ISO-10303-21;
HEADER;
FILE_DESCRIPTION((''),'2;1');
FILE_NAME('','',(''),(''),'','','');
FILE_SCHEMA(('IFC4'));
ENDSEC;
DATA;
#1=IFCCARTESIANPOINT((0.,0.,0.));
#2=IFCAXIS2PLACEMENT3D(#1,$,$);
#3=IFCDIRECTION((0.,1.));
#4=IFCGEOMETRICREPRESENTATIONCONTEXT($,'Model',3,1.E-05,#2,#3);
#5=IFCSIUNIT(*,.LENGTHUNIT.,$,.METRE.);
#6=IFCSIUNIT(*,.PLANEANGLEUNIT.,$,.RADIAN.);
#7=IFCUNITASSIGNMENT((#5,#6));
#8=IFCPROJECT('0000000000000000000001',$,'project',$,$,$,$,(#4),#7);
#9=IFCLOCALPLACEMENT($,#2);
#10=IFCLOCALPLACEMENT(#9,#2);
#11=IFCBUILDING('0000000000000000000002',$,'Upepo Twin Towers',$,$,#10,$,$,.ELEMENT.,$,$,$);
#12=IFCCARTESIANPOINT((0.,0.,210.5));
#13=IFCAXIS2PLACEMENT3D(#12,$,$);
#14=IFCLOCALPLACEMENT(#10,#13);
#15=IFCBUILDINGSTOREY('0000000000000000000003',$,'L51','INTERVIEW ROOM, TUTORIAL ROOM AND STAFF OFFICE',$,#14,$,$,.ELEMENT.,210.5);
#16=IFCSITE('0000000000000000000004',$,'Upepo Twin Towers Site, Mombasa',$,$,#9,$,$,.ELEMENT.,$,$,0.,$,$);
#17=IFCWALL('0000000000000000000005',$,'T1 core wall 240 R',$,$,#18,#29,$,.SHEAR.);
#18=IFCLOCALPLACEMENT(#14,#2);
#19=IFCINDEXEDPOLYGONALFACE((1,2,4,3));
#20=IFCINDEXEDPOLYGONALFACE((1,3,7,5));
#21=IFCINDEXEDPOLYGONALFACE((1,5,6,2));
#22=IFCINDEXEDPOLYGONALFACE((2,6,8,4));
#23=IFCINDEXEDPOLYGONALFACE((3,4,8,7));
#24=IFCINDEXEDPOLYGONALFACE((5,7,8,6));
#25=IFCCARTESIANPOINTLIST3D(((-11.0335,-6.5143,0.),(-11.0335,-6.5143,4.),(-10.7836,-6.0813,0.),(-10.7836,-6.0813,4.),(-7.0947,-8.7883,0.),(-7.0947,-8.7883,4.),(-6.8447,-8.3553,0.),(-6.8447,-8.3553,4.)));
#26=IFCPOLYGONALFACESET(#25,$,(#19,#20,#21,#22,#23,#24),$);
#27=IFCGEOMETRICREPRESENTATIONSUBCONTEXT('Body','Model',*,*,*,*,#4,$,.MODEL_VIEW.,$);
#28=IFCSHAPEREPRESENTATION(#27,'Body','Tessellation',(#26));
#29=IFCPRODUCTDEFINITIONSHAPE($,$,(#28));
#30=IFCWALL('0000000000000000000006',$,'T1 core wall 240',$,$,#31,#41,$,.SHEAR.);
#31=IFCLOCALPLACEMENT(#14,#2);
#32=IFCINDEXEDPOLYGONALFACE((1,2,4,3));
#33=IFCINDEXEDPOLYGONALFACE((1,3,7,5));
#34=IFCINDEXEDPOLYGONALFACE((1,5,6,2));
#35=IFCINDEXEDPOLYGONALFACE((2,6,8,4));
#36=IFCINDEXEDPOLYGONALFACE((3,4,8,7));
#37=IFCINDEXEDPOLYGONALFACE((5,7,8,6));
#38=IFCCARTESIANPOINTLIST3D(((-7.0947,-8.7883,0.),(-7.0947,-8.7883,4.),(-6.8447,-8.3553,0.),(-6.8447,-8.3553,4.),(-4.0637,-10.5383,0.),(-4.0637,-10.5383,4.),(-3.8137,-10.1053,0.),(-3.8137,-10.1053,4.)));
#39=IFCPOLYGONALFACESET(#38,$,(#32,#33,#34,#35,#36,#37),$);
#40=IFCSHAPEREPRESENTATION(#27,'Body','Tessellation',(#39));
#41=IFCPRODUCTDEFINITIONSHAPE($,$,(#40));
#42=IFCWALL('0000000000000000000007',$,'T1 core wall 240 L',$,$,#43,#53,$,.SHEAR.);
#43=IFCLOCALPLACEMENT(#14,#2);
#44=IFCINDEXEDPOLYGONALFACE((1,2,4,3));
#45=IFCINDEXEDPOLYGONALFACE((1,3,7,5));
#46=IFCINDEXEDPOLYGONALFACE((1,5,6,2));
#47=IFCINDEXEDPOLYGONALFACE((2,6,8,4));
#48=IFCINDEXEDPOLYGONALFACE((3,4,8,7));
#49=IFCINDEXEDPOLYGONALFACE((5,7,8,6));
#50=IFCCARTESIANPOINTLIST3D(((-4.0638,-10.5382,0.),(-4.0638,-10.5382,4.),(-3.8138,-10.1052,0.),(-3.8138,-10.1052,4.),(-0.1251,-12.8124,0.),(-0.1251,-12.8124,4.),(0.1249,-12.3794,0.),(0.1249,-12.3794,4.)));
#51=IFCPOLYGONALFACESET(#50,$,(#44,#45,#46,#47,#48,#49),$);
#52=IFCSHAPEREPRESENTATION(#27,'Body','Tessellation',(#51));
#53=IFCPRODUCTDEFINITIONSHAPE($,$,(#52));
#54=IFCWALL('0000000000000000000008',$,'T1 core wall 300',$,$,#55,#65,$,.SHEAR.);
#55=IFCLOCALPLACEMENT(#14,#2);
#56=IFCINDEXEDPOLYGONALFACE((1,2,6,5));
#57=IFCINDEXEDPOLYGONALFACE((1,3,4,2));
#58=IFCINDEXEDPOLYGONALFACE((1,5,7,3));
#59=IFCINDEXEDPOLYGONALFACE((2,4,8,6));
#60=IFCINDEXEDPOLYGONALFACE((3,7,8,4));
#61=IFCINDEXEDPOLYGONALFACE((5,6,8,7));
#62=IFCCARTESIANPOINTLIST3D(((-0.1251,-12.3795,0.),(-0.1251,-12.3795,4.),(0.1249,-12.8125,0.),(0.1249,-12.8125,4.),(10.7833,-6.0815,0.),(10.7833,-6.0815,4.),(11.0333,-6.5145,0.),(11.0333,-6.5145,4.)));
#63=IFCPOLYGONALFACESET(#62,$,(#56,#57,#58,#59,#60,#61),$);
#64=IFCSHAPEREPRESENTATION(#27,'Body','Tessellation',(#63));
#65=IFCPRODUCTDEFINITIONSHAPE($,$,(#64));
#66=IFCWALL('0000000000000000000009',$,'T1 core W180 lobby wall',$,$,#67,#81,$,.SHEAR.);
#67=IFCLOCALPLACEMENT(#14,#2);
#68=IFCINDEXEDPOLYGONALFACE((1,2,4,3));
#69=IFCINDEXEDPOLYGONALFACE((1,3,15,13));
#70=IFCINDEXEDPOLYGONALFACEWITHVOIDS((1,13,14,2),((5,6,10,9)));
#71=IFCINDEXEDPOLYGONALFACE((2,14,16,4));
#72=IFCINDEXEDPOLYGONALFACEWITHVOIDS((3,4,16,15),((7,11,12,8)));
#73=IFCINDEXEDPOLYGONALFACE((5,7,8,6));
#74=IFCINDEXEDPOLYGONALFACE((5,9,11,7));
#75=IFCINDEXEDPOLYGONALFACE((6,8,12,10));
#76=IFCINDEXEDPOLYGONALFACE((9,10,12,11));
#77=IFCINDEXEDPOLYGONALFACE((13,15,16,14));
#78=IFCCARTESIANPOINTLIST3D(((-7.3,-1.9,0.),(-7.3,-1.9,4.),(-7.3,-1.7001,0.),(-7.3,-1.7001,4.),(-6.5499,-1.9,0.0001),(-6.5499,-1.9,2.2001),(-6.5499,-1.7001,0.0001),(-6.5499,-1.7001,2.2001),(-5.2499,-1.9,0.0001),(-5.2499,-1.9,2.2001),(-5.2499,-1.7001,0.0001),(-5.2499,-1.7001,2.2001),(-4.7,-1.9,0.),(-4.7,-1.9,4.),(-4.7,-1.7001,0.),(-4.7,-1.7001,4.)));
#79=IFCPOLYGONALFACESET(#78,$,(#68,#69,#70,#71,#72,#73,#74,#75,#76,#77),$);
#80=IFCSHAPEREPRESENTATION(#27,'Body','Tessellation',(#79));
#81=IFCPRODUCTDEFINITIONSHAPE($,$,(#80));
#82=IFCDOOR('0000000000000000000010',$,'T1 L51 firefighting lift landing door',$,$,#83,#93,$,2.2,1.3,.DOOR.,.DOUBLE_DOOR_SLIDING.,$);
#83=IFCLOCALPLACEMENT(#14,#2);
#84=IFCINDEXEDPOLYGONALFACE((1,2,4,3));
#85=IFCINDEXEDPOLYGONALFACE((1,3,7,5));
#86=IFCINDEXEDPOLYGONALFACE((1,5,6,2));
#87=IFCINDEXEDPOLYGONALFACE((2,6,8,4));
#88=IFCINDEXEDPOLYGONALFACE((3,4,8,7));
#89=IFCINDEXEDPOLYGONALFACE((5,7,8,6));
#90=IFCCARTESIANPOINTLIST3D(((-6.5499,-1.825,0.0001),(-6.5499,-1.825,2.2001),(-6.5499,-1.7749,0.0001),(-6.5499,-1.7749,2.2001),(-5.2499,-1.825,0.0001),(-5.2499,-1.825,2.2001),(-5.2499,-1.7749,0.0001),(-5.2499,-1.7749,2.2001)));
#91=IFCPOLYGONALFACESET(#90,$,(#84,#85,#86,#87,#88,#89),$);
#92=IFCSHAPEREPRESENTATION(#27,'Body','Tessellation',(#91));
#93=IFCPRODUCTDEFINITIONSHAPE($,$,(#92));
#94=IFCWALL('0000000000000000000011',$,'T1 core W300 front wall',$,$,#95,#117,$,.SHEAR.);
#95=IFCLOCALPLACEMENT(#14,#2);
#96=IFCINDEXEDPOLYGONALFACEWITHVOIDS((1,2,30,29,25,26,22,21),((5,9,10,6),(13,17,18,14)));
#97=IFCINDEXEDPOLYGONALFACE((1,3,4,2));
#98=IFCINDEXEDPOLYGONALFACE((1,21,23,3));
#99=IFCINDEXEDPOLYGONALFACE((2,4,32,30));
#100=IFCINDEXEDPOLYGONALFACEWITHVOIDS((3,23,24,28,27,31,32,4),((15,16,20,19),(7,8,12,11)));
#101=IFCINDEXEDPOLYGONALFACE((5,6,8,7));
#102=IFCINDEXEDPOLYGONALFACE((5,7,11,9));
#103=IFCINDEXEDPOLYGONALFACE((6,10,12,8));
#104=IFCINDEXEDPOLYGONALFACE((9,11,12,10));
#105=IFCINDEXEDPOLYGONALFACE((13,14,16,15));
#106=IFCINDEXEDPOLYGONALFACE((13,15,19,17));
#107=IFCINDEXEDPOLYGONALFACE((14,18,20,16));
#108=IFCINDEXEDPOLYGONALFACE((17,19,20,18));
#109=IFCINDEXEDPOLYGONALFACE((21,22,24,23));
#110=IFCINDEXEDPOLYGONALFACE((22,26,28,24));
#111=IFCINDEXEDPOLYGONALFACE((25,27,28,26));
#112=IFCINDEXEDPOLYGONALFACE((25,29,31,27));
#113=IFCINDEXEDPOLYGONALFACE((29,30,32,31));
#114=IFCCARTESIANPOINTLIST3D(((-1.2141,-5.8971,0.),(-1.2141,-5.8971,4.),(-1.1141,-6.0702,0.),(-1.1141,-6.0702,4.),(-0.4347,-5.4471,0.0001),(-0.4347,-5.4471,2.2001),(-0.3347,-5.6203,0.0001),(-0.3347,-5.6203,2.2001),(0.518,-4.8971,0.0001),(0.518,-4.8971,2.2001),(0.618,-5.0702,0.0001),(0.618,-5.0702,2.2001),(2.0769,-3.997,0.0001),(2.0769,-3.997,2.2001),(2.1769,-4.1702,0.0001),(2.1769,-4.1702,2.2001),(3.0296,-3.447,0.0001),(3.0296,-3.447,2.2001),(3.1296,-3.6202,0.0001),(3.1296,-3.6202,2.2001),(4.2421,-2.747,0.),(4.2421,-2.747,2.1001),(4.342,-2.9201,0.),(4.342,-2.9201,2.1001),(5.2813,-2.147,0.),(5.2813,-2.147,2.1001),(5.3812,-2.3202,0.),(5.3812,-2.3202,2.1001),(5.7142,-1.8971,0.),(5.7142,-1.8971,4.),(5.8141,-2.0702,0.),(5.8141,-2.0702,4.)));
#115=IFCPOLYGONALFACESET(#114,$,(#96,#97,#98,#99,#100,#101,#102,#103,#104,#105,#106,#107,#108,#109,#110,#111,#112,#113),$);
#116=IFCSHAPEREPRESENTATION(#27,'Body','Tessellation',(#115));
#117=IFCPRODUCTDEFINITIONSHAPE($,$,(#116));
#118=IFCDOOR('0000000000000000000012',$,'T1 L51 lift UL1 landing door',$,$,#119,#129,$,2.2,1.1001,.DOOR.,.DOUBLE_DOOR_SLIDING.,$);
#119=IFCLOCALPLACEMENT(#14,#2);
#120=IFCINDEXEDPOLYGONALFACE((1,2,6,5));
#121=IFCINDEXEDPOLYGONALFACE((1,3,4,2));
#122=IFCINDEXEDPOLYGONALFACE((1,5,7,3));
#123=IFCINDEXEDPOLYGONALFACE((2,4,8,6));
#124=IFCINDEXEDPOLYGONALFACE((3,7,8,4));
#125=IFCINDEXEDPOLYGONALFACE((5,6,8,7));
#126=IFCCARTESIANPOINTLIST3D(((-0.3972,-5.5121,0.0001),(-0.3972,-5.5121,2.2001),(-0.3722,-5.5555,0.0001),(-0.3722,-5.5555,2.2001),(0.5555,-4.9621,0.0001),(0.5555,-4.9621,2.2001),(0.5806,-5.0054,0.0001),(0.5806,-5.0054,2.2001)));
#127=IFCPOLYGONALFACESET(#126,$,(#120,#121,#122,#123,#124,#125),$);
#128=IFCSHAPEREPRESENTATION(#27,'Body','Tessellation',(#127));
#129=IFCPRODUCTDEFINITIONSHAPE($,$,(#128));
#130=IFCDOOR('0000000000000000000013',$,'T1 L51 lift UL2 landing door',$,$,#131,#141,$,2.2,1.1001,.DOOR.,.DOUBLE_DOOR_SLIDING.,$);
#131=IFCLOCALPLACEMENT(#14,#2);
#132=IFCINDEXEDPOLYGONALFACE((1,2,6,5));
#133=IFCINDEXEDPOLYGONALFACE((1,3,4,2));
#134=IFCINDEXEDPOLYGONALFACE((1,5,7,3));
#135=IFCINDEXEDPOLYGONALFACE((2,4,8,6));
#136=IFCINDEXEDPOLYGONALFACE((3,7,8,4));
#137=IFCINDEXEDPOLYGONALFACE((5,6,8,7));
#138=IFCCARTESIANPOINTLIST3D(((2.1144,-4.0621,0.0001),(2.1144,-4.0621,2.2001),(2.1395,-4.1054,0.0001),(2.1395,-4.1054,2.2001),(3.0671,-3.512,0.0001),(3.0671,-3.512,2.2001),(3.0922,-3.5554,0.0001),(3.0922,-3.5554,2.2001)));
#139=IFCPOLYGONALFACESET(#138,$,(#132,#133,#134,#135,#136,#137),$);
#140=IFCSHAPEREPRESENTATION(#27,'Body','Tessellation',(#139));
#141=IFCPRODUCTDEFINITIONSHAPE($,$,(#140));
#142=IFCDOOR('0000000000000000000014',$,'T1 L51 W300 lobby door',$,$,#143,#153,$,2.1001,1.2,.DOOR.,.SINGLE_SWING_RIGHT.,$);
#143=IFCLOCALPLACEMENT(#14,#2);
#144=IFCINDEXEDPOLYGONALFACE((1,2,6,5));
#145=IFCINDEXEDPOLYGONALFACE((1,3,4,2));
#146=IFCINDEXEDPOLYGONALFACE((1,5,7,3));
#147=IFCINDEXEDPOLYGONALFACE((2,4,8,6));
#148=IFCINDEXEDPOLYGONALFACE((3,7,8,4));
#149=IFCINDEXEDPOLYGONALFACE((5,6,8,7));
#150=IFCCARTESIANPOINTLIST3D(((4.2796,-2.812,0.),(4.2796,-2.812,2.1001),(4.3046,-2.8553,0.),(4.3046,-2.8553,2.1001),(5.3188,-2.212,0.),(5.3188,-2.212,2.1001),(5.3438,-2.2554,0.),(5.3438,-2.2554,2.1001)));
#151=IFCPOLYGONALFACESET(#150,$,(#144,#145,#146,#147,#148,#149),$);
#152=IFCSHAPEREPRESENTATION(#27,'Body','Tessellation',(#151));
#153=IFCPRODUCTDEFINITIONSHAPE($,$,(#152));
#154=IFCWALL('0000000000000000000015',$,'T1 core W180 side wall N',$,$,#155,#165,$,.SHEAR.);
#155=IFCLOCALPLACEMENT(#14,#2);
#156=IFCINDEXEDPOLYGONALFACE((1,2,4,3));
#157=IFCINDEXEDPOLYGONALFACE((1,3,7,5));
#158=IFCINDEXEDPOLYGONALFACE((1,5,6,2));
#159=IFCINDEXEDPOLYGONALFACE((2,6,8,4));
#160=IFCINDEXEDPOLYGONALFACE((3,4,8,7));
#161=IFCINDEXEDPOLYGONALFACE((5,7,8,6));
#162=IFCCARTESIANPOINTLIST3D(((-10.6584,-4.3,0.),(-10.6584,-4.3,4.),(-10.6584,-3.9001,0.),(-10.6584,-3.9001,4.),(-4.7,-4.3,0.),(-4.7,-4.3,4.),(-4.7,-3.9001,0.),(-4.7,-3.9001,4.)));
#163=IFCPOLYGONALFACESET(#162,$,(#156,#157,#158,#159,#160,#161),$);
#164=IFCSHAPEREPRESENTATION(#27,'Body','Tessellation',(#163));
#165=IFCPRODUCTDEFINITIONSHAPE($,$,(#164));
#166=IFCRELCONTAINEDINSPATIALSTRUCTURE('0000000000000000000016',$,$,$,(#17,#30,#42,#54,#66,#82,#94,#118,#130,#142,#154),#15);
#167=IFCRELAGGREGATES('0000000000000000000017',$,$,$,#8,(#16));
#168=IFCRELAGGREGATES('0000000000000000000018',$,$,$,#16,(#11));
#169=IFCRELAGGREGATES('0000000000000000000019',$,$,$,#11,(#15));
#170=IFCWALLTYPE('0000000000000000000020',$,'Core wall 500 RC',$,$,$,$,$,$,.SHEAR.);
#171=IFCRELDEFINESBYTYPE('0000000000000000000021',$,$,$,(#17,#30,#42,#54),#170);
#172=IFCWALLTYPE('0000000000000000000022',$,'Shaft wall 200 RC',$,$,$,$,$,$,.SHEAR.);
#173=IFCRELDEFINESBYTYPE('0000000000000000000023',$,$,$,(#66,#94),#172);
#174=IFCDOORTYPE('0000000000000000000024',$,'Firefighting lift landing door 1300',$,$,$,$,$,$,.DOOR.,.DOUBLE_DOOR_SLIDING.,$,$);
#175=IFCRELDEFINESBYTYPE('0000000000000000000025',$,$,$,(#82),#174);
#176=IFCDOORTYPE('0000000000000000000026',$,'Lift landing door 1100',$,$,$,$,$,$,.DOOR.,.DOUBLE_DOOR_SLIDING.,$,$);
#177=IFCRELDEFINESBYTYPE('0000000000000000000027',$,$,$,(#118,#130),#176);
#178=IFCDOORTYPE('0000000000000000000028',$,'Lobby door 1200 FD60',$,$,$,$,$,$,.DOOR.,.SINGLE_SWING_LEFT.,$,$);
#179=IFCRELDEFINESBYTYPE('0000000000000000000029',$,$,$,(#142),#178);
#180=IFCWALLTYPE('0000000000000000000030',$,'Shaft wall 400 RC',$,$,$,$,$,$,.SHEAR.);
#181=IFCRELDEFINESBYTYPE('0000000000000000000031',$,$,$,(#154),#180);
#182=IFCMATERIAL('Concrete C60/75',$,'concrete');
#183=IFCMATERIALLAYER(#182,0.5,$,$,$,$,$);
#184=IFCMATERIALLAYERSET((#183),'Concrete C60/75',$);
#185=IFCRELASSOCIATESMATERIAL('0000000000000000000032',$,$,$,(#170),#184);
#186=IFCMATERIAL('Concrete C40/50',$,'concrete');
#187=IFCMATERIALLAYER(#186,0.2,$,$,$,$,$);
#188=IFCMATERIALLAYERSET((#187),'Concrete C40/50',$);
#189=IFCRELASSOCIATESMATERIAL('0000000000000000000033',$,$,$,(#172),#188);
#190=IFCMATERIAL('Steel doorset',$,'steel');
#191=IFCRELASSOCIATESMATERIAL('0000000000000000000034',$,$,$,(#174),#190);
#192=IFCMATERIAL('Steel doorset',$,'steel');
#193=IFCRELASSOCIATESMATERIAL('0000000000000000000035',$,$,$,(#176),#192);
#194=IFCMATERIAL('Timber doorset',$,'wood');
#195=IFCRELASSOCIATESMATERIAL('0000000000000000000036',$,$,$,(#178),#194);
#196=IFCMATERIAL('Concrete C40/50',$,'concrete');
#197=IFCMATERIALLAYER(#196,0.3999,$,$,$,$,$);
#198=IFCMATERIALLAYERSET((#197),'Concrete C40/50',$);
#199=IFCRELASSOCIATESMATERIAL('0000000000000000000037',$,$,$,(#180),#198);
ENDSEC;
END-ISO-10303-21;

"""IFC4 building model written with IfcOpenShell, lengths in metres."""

from ifc_helpers import new_model, si_unit, direction, frame, frame_2d, origin, place, context, subcontext, project, spatial, rectangle, extrude, material, layer, layer_set, type_object, element, fill, save


model = new_model("IFC4")

# Units and contexts
model_context = context("Model", 3, precision=1e-05, world=origin(), true_north=direction((0.0, 1.0)))
body_context = subcontext(model_context, "Body", "Model", "MODEL_VIEW")
ifc_project = project(units=[si_unit("LENGTHUNIT", "METRE"), si_unit("PLANEANGLEUNIT", "RADIAN")], contexts=[model_context])

# Site, building, storey
site_placement = place(None, origin())
site = spatial("IfcSite", under=ifc_project, at=site_placement, Name="Upepo Twin Towers Site, Mombasa", CompositionType="ELEMENT", RefElevation=0.0)
building_placement = place(site_placement, origin())
building = spatial("IfcBuilding", under=site, at=building_placement, Name="Upepo Twin Towers", CompositionType="ELEMENT")
storey_placement = place(building_placement, frame((0.0, 0.0, 210.5)))
storey = spatial("IfcBuildingStorey", under=building, at=storey_placement, Name="L51", Description="INTERVIEW ROOM, TUTORIAL ROOM AND STAFF OFFICE", CompositionType="ELEMENT", Elevation=210.5)

# Walls
ifc_material_1 = material(Name="Concrete C60/75", Category="concrete")
ifc_layer_1 = layer(ifc_material_1, 0.5)
ifc_layer_set_1 = layer_set([ifc_layer_1], Name="Concrete C60/75")
wall_type_1 = type_object("IfcWallType", Name="Core wall 500 RC", PredefinedType="SHEAR", material=ifc_layer_set_1)
wall_1_placement = place(storey_placement, frame((-10.9084, -6.2979, 0.0), z_axis=(0.0, 0.0, 1.0), x_axis=(0.866035, -0.499984, 0.0)))
element("IfcWall", 1, at=wall_1_placement, inside=storey, type_object=wall_type_1, Name="T1 core wall 240 R", PredefinedType="SHEAR", context=body_context, shape_type="SweptSolid", body=[
    extrude(rectangle(XDim=4.5481, YDim=0.5, at=frame_2d((2.2739, 0.0))), origin(), (0.0, 0.0, 1.0), 4.0),
])
wall_2_placement = place(storey_placement, frame((-6.9697, -8.5718, 0.0), z_axis=(0.0, 0.0, 1.0), x_axis=(0.866019, -0.50001, 0.0)))
element("IfcWall", 2, at=wall_2_placement, inside=storey, type_object=wall_type_1, Name="T1 core wall 240", PredefinedType="SHEAR", context=body_context, shape_type="SweptSolid", body=[
    extrude(rectangle(XDim=3.5, YDim=0.5, at=frame_2d((1.75, 0.0))), origin(), (0.0, 0.0, 1.0), 4.0),
])
wall_3_placement = place(storey_placement, frame((-3.9387, -10.3218, 0.0), z_axis=(0.0, 0.0, 1.0), x_axis=(0.866011, -0.500024, 0.0)))
element("IfcWall", 3, at=wall_3_placement, inside=storey, type_object=wall_type_1, Name="T1 core wall 240 L", PredefinedType="SHEAR", context=body_context, shape_type="SweptSolid", body=[
    extrude(rectangle(XDim=4.5481, YDim=0.5, at=frame_2d((2.2739, 0.0))), origin(), (0.0, 0.0, 1.0), 4.0),
])
wall_4_placement = place(storey_placement, frame((0.0, -12.5959, 0.0), z_axis=(0.0, 0.0, 1.0), x_axis=(0.866022, 0.500006, 0.0)))
element("IfcWall", 4, at=wall_4_placement, inside=storey, type_object=wall_type_1, Name="T1 core wall 300", PredefinedType="SHEAR", context=body_context, shape_type="SweptSolid", body=[
    extrude(rectangle(XDim=12.5959, YDim=0.5, at=frame_2d((6.2979, 0.0))), origin(), (0.0, 0.0, 1.0), 4.0),
])

# Wall, opening, door
ifc_material_2 = material(Name="Concrete C40/50", Category="concrete")
ifc_layer_2 = layer(ifc_material_2, 0.2)
ifc_layer_set_2 = layer_set([ifc_layer_2], Name="Concrete C40/50")
wall_type_2 = type_object("IfcWallType", Name="Shaft wall 200 RC", PredefinedType="SHEAR", material=ifc_layer_set_2)
wall_5_placement = place(storey_placement, frame((-4.7, -1.8, 0.0), z_axis=(0.0, 0.0, 1.0), x_axis=(-1.0, 0.0, 0.0)))
wall_5 = element("IfcWall", 5, at=wall_5_placement, inside=storey, type_object=wall_type_2, Name="T1 core W180 lobby wall", PredefinedType="SHEAR", context=body_context, shape_type="SweptSolid", body=[
    extrude(rectangle(XDim=2.6001, YDim=0.2, at=frame_2d((1.3, 0.0))), origin(), (0.0, 0.0, 1.0), 4.0),
])
opening_1_placement = place(wall_5_placement, frame((0.55, 0.0, 0.0)))
opening_1 = element("IfcOpeningElement", 6, at=opening_1_placement, cuts=wall_5, PredefinedType="OPENING", context=body_context, shape_type="SweptSolid", body=[
    extrude(rectangle(XDim=1.3, YDim=2.2, at=frame_2d((0.6499, 1.1001))), frame((0.0, 0.1099, 0.0), z_axis=(0.0, -1.0, 0.0), x_axis=(1.0, 0.0, 0.0)), (0.0, 0.0, 1.0), 0.22),
])
ifc_material_3 = material(Name="Steel doorset", Category="steel")
door_type_1 = type_object("IfcDoorType", Name="Firefighting lift landing door 1300", OperationType="DOUBLE_DOOR_SLIDING", PredefinedType="DOOR", material=ifc_material_3)
door_1_placement = place(opening_1_placement, origin())
door_1 = element("IfcDoor", 7, at=door_1_placement, inside=storey, type_object=door_type_1, Name="T1 L51 firefighting lift landing door", OperationType="DOUBLE_DOOR_SLIDING", OverallHeight=2.2, OverallWidth=1.3, PredefinedType="DOOR", context=body_context, shape_type="SweptSolid", body=[
    extrude(rectangle(XDim=1.3, YDim=2.2, at=frame_2d((0.6499, 1.1001))), frame((0.0, 0.0249, 0.0), z_axis=(0.0, -1.0, 0.0), x_axis=(1.0, 0.0, 0.0)), (0.0, 0.0, 1.0), 0.05),
])
fill(opening_1, door_1)

# Wall, openings, doors
wall_6_placement = place(storey_placement, frame((-1.1641, -5.9836, 0.0), z_axis=(0.0, 0.0, 1.0), x_axis=(0.866026, 0.499999, 0.0)))
wall_6 = element("IfcWall", 8, at=wall_6_placement, inside=storey, type_object=wall_type_2, Name="T1 core W300 front wall", PredefinedType="SHEAR", context=body_context, shape_type="SweptSolid", body=[
    extrude(rectangle(XDim=8.0, YDim=0.2, at=frame_2d((4.0, 0.0))), origin(), (0.0, 0.0, 1.0), 4.0),
])
opening_2_placement = place(wall_6_placement, frame((6.3, 0.0, 0.0)))
opening_2 = element("IfcOpeningElement", 9, at=opening_2_placement, cuts=wall_6, PredefinedType="OPENING", context=body_context, shape_type="SweptSolid", body=[
    extrude(rectangle(XDim=1.2, YDim=2.1001, at=frame_2d((0.6001, 1.05))), frame((0.0, 0.1099, 0.0), z_axis=(0.0, -1.0, 0.0), x_axis=(1.0, 0.0, 0.0)), (0.0, 0.0, 1.0), 0.22),
])
opening_3_placement = place(wall_6_placement, frame((0.8999, 0.0, 0.0)))
opening_3 = element("IfcOpeningElement", 10, at=opening_3_placement, cuts=wall_6, PredefinedType="OPENING", context=body_context, shape_type="SweptSolid", body=[
    extrude(rectangle(XDim=1.1001, YDim=2.2, at=frame_2d((0.55, 1.1001))), frame((0.0, 0.1099, 0.0), z_axis=(0.0, -1.0, 0.0), x_axis=(1.0, 0.0, 0.0)), (0.0, 0.0, 1.0), 0.22),
])
opening_4_placement = place(wall_6_placement, frame((3.8, 0.0, 0.0)))
opening_4 = element("IfcOpeningElement", 11, at=opening_4_placement, cuts=wall_6, PredefinedType="OPENING", context=body_context, shape_type="SweptSolid", body=[
    extrude(rectangle(XDim=1.1001, YDim=2.2, at=frame_2d((0.55, 1.1001))), frame((0.0, 0.1099, 0.0), z_axis=(0.0, -1.0, 0.0), x_axis=(1.0, 0.0, 0.0)), (0.0, 0.0, 1.0), 0.22),
])
ifc_material_4 = material(Name="Steel doorset", Category="steel")
door_type_2 = type_object("IfcDoorType", Name="Lift landing door 1100", OperationType="DOUBLE_DOOR_SLIDING", PredefinedType="DOOR", material=ifc_material_4)
door_2_placement = place(opening_3_placement, origin())
door_2 = element("IfcDoor", 12, at=door_2_placement, inside=storey, type_object=door_type_2, Name="T1 L51 lift UL1 landing door", OperationType="DOUBLE_DOOR_SLIDING", OverallHeight=2.2, OverallWidth=1.1001, PredefinedType="DOOR", context=body_context, shape_type="SweptSolid", body=[
    extrude(rectangle(XDim=1.1001, YDim=2.2, at=frame_2d((0.55, 1.1001))), frame((0.0, 0.0249, 0.0), z_axis=(0.0, -1.0, 0.0), x_axis=(1.0, 0.0, 0.0)), (0.0, 0.0, 1.0), 0.05),
])
fill(opening_3, door_2)
door_3_placement = place(opening_4_placement, origin())
door_3 = element("IfcDoor", 13, at=door_3_placement, inside=storey, type_object=door_type_2, Name="T1 L51 lift UL2 landing door", OperationType="DOUBLE_DOOR_SLIDING", OverallHeight=2.2, OverallWidth=1.1001, PredefinedType="DOOR", context=body_context, shape_type="SweptSolid", body=[
    extrude(rectangle(XDim=1.1001, YDim=2.2, at=frame_2d((0.55, 1.1001))), frame((0.0, 0.0249, 0.0), z_axis=(0.0, -1.0, 0.0), x_axis=(1.0, 0.0, 0.0)), (0.0, 0.0, 1.0), 0.05),
])
fill(opening_4, door_3)
ifc_material_5 = material(Name="Timber doorset", Category="wood")
door_type_3 = type_object("IfcDoorType", Name="Lobby door 1200 FD60", OperationType="SINGLE_SWING_LEFT", PredefinedType="DOOR", material=ifc_material_5)
door_4_placement = place(opening_2_placement, origin())
door_4 = element("IfcDoor", 14, at=door_4_placement, inside=storey, type_object=door_type_3, Name="T1 L51 W300 lobby door", OperationType="SINGLE_SWING_RIGHT", OverallHeight=2.1001, OverallWidth=1.2, PredefinedType="DOOR", context=body_context, shape_type="SweptSolid", body=[
    extrude(rectangle(XDim=1.2, YDim=2.1001, at=frame_2d((0.6001, 1.05))), frame((0.0, 0.0249, 0.0), z_axis=(0.0, -1.0, 0.0), x_axis=(1.0, 0.0, 0.0)), (0.0, 0.0, 1.0), 0.05),
])
fill(opening_2, door_4)

# Wall
ifc_material_6 = material(Name="Concrete C40/50", Category="concrete")
ifc_layer_3 = layer(ifc_material_6, 0.3999)
ifc_layer_set_3 = layer_set([ifc_layer_3], Name="Concrete C40/50")
wall_type_3 = type_object("IfcWallType", Name="Shaft wall 400 RC", PredefinedType="SHEAR", material=ifc_layer_set_3)
wall_7_placement = place(storey_placement, frame((-4.7, -4.1001, 0.0), z_axis=(0.0, 0.0, 1.0), x_axis=(-1.0, 0.0, 0.0)))
element("IfcWall", 15, at=wall_7_placement, inside=storey, type_object=wall_type_3, Name="T1 core W180 side wall N", PredefinedType="SHEAR", context=body_context, shape_type="SweptSolid", body=[
    extrude(rectangle(XDim=5.9585, YDim=0.3999, at=frame_2d((2.9792, 0.0))), origin(), (0.0, 0.0, 1.0), 4.0),
])

save(model, "model.ifc")
